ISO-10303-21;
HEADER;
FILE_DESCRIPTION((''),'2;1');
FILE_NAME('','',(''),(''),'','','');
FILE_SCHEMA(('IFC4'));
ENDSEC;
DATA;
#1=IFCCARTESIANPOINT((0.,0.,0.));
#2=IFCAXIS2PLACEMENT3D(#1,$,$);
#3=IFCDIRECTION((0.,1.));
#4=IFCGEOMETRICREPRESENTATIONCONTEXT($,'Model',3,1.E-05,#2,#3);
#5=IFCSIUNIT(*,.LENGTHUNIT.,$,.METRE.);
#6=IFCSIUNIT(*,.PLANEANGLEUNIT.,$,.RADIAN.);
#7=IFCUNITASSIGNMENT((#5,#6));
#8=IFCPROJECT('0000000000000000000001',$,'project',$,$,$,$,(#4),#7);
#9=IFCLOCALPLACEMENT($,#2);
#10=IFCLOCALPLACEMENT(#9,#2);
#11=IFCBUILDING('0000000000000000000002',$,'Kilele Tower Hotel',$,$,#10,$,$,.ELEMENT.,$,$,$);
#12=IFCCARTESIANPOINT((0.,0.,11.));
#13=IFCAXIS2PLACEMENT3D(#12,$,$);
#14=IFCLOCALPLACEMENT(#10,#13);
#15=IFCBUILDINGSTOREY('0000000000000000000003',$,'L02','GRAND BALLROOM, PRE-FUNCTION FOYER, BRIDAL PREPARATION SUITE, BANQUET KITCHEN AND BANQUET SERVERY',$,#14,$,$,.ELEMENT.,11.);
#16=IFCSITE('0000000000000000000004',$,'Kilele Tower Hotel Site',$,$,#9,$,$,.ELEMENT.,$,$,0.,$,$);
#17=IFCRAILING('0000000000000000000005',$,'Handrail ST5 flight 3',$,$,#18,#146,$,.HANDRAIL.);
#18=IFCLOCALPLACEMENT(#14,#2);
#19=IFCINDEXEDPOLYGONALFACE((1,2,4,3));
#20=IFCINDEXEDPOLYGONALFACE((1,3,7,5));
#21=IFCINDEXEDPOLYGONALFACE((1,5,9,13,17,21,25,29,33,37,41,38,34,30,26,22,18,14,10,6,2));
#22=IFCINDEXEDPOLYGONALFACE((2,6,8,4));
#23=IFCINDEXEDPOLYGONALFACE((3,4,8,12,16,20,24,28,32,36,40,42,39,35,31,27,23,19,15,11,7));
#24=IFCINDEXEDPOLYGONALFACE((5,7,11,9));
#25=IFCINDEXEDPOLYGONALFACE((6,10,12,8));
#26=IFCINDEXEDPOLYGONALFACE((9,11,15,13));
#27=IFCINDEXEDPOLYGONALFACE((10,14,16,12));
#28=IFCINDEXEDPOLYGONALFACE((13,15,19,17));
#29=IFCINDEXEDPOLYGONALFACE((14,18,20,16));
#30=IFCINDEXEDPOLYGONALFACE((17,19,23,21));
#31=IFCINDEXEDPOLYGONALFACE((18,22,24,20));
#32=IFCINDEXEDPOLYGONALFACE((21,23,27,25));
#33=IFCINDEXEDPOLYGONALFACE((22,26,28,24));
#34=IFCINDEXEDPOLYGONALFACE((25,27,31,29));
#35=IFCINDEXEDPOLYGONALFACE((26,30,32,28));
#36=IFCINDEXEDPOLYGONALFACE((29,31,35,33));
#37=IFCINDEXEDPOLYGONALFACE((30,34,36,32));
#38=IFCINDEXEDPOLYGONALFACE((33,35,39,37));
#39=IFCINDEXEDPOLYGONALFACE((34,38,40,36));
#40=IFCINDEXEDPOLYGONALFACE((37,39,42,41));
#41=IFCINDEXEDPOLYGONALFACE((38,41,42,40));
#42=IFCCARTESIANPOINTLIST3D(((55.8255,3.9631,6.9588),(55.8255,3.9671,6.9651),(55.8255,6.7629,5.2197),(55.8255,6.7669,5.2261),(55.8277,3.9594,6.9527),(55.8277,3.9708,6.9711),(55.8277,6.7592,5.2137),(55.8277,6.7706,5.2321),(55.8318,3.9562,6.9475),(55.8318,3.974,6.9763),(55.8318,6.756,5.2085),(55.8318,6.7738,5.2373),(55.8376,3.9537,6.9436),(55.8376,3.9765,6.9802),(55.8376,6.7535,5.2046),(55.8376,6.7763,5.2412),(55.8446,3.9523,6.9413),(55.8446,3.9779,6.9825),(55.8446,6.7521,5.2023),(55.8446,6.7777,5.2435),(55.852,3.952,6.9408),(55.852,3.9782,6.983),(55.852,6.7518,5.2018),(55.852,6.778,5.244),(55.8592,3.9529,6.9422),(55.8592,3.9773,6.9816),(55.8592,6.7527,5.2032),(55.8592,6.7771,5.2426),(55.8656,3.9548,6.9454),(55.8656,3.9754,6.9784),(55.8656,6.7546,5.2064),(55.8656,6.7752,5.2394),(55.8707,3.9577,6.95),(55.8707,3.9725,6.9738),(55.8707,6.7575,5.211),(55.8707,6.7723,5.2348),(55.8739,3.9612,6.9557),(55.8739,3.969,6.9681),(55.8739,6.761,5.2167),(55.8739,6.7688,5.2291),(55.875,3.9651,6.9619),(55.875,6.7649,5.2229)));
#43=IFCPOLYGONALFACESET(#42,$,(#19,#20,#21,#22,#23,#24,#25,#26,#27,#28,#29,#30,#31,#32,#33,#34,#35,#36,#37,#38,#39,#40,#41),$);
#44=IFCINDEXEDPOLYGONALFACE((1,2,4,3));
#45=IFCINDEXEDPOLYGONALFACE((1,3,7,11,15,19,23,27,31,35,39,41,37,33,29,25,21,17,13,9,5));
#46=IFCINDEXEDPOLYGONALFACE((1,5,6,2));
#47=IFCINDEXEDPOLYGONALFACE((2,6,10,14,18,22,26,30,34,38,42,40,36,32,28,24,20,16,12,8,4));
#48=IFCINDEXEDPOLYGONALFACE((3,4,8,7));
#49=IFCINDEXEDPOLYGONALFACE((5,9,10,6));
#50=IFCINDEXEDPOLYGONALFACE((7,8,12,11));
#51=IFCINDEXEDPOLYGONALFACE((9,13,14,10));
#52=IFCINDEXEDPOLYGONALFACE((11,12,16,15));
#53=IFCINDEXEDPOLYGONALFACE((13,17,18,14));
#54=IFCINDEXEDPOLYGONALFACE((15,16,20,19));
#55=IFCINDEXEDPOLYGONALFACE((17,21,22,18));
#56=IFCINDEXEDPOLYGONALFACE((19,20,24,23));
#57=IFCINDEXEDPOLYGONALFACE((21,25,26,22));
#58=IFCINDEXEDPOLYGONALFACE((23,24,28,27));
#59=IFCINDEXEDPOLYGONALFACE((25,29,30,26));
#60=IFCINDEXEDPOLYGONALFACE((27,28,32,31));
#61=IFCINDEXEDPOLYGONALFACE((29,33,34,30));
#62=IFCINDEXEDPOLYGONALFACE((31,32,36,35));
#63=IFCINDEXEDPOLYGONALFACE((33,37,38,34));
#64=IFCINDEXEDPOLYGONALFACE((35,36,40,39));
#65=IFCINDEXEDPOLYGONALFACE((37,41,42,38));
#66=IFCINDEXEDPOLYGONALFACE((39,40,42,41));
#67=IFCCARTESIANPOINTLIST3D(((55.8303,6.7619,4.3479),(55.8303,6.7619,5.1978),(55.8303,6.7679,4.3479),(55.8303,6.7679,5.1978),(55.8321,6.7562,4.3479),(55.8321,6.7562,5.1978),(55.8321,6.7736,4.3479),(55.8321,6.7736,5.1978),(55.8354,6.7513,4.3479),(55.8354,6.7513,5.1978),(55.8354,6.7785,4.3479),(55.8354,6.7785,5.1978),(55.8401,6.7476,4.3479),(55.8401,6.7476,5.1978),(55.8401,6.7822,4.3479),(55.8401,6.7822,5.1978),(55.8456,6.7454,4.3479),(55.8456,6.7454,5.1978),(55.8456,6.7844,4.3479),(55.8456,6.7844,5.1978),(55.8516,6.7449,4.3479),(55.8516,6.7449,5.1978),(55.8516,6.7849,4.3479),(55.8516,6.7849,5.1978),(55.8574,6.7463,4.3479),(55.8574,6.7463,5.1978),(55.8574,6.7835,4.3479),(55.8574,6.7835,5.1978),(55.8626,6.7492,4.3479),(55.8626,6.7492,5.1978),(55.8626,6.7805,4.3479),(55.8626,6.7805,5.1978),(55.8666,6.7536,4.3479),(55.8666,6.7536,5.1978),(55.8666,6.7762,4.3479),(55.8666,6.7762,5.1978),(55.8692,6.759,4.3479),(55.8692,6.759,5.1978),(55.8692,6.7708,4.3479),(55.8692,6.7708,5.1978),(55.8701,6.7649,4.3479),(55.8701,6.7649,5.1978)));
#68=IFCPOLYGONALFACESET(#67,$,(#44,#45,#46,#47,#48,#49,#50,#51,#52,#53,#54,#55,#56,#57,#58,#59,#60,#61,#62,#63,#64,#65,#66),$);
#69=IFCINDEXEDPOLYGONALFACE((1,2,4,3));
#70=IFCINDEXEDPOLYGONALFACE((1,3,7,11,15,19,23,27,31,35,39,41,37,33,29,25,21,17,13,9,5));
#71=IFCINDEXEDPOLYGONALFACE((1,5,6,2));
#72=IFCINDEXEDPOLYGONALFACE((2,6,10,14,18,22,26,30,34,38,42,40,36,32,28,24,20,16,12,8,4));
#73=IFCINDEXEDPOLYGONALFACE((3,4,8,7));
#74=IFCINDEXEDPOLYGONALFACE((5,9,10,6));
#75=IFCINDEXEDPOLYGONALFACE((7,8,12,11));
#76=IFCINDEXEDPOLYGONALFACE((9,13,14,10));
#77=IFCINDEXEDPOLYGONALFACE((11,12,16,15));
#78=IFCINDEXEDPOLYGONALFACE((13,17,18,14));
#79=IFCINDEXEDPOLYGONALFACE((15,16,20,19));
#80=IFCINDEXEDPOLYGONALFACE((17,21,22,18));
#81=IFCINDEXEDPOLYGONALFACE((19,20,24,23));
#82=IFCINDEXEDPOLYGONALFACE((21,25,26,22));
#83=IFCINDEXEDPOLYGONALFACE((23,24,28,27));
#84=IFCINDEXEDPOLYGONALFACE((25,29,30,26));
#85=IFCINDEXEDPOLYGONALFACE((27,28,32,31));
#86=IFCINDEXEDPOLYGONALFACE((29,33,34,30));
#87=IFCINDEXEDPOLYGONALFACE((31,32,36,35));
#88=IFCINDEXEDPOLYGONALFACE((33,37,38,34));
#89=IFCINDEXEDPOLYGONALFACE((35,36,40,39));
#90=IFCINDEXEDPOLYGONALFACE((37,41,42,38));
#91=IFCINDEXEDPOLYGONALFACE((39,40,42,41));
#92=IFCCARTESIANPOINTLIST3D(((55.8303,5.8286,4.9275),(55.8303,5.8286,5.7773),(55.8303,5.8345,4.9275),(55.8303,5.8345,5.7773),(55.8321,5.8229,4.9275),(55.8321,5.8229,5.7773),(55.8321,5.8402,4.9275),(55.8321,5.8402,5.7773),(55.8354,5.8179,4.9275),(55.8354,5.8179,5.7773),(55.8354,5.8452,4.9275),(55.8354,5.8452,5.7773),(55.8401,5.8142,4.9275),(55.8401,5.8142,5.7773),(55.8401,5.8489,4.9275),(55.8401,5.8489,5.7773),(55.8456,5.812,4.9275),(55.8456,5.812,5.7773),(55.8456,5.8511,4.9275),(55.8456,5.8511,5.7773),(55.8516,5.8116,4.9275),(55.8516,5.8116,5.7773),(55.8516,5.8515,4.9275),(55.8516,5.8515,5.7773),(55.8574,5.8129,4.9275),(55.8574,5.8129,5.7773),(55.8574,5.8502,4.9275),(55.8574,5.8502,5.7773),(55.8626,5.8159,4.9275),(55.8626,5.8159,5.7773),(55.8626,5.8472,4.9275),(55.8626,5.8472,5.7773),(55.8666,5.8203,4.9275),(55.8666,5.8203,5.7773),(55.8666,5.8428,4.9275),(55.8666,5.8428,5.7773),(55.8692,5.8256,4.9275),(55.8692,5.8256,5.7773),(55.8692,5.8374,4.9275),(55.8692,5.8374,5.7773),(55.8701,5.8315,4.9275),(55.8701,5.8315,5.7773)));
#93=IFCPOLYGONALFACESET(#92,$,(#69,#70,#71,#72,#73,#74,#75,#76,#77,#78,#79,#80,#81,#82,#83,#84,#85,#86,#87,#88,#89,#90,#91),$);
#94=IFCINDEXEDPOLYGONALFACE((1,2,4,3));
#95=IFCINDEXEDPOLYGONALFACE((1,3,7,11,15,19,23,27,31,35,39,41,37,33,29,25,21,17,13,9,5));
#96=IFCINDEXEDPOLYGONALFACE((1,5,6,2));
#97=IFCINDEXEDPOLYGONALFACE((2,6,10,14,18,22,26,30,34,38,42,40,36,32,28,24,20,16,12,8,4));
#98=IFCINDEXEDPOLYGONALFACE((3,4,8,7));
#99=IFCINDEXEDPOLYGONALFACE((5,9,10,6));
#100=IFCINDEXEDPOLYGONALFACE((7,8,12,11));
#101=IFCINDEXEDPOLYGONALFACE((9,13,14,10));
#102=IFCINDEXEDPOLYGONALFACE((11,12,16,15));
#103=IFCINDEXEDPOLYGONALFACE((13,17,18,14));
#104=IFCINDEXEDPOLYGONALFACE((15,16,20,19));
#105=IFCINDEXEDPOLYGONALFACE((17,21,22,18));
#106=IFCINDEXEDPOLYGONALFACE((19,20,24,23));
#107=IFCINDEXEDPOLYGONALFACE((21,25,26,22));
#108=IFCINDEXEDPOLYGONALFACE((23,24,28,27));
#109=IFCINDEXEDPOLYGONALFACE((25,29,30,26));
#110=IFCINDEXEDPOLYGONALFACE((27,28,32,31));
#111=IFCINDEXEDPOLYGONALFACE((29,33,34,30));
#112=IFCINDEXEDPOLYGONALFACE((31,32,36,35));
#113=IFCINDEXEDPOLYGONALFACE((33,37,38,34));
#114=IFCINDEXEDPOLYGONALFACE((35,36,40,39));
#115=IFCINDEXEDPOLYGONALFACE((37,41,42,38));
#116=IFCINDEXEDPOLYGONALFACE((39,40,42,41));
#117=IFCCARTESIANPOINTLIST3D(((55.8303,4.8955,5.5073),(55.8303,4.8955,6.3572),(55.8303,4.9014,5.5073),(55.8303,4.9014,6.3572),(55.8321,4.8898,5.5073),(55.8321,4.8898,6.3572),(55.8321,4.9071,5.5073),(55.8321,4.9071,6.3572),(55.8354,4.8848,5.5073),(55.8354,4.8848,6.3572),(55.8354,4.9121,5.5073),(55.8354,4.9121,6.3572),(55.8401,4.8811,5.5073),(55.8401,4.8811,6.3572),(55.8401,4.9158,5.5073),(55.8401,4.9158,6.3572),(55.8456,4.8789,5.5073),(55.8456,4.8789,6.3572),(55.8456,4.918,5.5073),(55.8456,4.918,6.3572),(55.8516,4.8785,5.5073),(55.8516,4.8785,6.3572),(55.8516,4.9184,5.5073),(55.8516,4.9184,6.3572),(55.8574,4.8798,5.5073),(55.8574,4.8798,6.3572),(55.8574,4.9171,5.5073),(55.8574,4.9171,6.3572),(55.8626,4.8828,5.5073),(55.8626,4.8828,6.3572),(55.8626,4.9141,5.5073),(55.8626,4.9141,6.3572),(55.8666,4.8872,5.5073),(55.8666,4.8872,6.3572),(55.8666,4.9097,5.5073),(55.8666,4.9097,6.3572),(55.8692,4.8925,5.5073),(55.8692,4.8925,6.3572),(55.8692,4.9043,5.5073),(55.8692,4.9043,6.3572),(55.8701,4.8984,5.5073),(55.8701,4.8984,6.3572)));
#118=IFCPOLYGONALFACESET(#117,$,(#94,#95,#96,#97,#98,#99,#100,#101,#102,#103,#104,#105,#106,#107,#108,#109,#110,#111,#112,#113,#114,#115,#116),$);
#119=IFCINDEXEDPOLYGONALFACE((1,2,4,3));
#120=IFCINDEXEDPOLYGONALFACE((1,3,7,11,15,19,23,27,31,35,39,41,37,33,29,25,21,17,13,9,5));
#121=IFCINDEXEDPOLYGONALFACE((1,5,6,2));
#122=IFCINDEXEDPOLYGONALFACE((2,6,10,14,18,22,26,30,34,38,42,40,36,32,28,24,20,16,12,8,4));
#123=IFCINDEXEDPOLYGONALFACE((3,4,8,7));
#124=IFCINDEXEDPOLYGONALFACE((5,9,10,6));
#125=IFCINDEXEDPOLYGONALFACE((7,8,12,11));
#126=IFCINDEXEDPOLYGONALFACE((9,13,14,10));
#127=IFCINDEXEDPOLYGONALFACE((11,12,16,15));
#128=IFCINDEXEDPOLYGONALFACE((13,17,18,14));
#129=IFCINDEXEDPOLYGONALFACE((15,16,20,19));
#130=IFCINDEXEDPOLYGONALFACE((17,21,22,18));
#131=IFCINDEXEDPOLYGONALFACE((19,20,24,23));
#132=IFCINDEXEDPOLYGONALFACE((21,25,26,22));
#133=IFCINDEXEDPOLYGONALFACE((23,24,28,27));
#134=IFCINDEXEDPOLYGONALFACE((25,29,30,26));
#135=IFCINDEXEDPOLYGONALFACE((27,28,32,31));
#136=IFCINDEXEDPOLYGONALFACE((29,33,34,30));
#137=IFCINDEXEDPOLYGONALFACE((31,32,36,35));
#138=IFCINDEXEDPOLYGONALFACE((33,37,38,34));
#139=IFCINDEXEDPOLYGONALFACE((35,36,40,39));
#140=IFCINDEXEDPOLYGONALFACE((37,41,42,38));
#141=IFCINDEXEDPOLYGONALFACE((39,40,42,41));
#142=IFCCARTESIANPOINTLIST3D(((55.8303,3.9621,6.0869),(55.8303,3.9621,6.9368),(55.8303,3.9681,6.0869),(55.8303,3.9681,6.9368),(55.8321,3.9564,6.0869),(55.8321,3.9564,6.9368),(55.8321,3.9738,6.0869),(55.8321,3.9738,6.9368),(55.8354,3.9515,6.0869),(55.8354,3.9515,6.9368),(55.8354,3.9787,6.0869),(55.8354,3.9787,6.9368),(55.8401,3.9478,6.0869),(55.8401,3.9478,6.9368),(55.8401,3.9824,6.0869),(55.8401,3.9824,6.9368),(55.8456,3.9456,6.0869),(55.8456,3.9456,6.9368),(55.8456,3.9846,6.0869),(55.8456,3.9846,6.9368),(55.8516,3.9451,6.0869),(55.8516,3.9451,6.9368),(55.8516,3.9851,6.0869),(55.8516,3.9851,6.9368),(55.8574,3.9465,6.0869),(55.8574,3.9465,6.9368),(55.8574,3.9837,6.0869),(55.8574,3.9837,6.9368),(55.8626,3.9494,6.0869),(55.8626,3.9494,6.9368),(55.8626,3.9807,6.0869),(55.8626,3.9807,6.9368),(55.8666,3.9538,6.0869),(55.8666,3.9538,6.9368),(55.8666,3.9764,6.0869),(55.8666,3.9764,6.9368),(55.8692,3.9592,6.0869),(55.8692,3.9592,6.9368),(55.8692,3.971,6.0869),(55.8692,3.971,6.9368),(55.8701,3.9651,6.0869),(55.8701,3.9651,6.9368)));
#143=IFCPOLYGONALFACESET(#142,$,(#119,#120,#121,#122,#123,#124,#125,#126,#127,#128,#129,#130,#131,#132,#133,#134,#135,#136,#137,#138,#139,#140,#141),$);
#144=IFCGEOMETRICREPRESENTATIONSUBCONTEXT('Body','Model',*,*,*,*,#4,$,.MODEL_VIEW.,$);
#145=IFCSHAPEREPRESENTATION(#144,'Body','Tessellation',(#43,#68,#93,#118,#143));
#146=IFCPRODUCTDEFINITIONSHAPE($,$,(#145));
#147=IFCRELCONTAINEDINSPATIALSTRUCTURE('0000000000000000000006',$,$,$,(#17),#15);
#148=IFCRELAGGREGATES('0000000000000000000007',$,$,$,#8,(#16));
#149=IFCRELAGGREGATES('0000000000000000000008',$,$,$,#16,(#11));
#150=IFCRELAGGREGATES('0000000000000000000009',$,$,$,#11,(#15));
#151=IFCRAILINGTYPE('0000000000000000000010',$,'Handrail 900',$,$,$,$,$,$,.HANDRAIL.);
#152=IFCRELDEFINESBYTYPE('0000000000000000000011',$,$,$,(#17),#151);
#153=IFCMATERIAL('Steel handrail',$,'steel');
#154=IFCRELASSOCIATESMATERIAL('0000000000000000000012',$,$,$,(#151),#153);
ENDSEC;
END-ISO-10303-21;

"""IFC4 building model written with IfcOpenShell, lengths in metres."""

from ifc_helpers import new_model, si_unit, direction, frame, origin, origin_2d, place, context, subcontext, project, spatial, circle, extrude, material, type_object, element, save


model = new_model("IFC4")

# Units and contexts
model_context = context("Model", 3, precision=1e-05, world=origin(), true_north=direction((0.0, 1.0)))
body_context = subcontext(model_context, "Body", "Model", "MODEL_VIEW")
ifc_project = project(units=[si_unit("LENGTHUNIT", "METRE"), si_unit("PLANEANGLEUNIT", "RADIAN")], contexts=[model_context])

# Site, building, storey
site_placement = place(None, origin())
site = spatial("IfcSite", under=ifc_project, at=site_placement, Name="Kilele Tower Hotel Site", CompositionType="ELEMENT", RefElevation=0.0)
building_placement = place(site_placement, origin())
building = spatial("IfcBuilding", under=site, at=building_placement, Name="Kilele Tower Hotel", CompositionType="ELEMENT")
storey_placement = place(building_placement, frame((0.0, 0.0, 11.0)))
storey = spatial("IfcBuildingStorey", under=building, at=storey_placement, Name="L02", Description="GRAND BALLROOM, PRE-FUNCTION FOYER, BRIDAL PREPARATION SUITE, BANQUET KITCHEN AND BANQUET SERVERY", CompositionType="ELEMENT", Elevation=11.0)

# Railing
ifc_material_1 = material(Name="Steel handrail", Category="steel")
railing_type_1 = type_object("IfcRailingType", Name="Handrail 900", PredefinedType="HANDRAIL", material=ifc_material_1)
for number, where, name in (
    (1, (55.8501, 6.7649, 4.3479), "Handrail ST5 flight 3"),
):
    element("IfcRailing", number, at=place(storey_placement, frame(where)), inside=storey, type_object=railing_type_1, Name=name, PredefinedType="HANDRAIL", context=body_context, shape_type="SweptSolid", body=[
        extrude(circle(Radius=0.0249, at=origin_2d()), frame((0.0, 0.0, 0.875), z_axis=(0.0, -0.849476, 0.527627), x_axis=(1.0, 0.0, 0.0)), (0.0, 0.0, 1.0), 3.2959),
        extrude(circle(Radius=0.02, at=origin_2d()), origin(), (0.0, 0.0, 1.0), 0.8499),
        extrude(circle(Radius=0.02, at=origin_2d()), frame((0.0, -0.9333, 0.5796)), (0.0, 0.0, 1.0), 0.8499),
        extrude(circle(Radius=0.02, at=origin_2d()), frame((0.0, -1.8665, 1.1594)), (0.0, 0.0, 1.0), 0.8499),
        extrude(circle(Radius=0.02, at=origin_2d()), frame((0.0, -2.7998, 1.739)), (0.0, 0.0, 1.0), 0.8499),
    ])

save(model, "model.ifc")
